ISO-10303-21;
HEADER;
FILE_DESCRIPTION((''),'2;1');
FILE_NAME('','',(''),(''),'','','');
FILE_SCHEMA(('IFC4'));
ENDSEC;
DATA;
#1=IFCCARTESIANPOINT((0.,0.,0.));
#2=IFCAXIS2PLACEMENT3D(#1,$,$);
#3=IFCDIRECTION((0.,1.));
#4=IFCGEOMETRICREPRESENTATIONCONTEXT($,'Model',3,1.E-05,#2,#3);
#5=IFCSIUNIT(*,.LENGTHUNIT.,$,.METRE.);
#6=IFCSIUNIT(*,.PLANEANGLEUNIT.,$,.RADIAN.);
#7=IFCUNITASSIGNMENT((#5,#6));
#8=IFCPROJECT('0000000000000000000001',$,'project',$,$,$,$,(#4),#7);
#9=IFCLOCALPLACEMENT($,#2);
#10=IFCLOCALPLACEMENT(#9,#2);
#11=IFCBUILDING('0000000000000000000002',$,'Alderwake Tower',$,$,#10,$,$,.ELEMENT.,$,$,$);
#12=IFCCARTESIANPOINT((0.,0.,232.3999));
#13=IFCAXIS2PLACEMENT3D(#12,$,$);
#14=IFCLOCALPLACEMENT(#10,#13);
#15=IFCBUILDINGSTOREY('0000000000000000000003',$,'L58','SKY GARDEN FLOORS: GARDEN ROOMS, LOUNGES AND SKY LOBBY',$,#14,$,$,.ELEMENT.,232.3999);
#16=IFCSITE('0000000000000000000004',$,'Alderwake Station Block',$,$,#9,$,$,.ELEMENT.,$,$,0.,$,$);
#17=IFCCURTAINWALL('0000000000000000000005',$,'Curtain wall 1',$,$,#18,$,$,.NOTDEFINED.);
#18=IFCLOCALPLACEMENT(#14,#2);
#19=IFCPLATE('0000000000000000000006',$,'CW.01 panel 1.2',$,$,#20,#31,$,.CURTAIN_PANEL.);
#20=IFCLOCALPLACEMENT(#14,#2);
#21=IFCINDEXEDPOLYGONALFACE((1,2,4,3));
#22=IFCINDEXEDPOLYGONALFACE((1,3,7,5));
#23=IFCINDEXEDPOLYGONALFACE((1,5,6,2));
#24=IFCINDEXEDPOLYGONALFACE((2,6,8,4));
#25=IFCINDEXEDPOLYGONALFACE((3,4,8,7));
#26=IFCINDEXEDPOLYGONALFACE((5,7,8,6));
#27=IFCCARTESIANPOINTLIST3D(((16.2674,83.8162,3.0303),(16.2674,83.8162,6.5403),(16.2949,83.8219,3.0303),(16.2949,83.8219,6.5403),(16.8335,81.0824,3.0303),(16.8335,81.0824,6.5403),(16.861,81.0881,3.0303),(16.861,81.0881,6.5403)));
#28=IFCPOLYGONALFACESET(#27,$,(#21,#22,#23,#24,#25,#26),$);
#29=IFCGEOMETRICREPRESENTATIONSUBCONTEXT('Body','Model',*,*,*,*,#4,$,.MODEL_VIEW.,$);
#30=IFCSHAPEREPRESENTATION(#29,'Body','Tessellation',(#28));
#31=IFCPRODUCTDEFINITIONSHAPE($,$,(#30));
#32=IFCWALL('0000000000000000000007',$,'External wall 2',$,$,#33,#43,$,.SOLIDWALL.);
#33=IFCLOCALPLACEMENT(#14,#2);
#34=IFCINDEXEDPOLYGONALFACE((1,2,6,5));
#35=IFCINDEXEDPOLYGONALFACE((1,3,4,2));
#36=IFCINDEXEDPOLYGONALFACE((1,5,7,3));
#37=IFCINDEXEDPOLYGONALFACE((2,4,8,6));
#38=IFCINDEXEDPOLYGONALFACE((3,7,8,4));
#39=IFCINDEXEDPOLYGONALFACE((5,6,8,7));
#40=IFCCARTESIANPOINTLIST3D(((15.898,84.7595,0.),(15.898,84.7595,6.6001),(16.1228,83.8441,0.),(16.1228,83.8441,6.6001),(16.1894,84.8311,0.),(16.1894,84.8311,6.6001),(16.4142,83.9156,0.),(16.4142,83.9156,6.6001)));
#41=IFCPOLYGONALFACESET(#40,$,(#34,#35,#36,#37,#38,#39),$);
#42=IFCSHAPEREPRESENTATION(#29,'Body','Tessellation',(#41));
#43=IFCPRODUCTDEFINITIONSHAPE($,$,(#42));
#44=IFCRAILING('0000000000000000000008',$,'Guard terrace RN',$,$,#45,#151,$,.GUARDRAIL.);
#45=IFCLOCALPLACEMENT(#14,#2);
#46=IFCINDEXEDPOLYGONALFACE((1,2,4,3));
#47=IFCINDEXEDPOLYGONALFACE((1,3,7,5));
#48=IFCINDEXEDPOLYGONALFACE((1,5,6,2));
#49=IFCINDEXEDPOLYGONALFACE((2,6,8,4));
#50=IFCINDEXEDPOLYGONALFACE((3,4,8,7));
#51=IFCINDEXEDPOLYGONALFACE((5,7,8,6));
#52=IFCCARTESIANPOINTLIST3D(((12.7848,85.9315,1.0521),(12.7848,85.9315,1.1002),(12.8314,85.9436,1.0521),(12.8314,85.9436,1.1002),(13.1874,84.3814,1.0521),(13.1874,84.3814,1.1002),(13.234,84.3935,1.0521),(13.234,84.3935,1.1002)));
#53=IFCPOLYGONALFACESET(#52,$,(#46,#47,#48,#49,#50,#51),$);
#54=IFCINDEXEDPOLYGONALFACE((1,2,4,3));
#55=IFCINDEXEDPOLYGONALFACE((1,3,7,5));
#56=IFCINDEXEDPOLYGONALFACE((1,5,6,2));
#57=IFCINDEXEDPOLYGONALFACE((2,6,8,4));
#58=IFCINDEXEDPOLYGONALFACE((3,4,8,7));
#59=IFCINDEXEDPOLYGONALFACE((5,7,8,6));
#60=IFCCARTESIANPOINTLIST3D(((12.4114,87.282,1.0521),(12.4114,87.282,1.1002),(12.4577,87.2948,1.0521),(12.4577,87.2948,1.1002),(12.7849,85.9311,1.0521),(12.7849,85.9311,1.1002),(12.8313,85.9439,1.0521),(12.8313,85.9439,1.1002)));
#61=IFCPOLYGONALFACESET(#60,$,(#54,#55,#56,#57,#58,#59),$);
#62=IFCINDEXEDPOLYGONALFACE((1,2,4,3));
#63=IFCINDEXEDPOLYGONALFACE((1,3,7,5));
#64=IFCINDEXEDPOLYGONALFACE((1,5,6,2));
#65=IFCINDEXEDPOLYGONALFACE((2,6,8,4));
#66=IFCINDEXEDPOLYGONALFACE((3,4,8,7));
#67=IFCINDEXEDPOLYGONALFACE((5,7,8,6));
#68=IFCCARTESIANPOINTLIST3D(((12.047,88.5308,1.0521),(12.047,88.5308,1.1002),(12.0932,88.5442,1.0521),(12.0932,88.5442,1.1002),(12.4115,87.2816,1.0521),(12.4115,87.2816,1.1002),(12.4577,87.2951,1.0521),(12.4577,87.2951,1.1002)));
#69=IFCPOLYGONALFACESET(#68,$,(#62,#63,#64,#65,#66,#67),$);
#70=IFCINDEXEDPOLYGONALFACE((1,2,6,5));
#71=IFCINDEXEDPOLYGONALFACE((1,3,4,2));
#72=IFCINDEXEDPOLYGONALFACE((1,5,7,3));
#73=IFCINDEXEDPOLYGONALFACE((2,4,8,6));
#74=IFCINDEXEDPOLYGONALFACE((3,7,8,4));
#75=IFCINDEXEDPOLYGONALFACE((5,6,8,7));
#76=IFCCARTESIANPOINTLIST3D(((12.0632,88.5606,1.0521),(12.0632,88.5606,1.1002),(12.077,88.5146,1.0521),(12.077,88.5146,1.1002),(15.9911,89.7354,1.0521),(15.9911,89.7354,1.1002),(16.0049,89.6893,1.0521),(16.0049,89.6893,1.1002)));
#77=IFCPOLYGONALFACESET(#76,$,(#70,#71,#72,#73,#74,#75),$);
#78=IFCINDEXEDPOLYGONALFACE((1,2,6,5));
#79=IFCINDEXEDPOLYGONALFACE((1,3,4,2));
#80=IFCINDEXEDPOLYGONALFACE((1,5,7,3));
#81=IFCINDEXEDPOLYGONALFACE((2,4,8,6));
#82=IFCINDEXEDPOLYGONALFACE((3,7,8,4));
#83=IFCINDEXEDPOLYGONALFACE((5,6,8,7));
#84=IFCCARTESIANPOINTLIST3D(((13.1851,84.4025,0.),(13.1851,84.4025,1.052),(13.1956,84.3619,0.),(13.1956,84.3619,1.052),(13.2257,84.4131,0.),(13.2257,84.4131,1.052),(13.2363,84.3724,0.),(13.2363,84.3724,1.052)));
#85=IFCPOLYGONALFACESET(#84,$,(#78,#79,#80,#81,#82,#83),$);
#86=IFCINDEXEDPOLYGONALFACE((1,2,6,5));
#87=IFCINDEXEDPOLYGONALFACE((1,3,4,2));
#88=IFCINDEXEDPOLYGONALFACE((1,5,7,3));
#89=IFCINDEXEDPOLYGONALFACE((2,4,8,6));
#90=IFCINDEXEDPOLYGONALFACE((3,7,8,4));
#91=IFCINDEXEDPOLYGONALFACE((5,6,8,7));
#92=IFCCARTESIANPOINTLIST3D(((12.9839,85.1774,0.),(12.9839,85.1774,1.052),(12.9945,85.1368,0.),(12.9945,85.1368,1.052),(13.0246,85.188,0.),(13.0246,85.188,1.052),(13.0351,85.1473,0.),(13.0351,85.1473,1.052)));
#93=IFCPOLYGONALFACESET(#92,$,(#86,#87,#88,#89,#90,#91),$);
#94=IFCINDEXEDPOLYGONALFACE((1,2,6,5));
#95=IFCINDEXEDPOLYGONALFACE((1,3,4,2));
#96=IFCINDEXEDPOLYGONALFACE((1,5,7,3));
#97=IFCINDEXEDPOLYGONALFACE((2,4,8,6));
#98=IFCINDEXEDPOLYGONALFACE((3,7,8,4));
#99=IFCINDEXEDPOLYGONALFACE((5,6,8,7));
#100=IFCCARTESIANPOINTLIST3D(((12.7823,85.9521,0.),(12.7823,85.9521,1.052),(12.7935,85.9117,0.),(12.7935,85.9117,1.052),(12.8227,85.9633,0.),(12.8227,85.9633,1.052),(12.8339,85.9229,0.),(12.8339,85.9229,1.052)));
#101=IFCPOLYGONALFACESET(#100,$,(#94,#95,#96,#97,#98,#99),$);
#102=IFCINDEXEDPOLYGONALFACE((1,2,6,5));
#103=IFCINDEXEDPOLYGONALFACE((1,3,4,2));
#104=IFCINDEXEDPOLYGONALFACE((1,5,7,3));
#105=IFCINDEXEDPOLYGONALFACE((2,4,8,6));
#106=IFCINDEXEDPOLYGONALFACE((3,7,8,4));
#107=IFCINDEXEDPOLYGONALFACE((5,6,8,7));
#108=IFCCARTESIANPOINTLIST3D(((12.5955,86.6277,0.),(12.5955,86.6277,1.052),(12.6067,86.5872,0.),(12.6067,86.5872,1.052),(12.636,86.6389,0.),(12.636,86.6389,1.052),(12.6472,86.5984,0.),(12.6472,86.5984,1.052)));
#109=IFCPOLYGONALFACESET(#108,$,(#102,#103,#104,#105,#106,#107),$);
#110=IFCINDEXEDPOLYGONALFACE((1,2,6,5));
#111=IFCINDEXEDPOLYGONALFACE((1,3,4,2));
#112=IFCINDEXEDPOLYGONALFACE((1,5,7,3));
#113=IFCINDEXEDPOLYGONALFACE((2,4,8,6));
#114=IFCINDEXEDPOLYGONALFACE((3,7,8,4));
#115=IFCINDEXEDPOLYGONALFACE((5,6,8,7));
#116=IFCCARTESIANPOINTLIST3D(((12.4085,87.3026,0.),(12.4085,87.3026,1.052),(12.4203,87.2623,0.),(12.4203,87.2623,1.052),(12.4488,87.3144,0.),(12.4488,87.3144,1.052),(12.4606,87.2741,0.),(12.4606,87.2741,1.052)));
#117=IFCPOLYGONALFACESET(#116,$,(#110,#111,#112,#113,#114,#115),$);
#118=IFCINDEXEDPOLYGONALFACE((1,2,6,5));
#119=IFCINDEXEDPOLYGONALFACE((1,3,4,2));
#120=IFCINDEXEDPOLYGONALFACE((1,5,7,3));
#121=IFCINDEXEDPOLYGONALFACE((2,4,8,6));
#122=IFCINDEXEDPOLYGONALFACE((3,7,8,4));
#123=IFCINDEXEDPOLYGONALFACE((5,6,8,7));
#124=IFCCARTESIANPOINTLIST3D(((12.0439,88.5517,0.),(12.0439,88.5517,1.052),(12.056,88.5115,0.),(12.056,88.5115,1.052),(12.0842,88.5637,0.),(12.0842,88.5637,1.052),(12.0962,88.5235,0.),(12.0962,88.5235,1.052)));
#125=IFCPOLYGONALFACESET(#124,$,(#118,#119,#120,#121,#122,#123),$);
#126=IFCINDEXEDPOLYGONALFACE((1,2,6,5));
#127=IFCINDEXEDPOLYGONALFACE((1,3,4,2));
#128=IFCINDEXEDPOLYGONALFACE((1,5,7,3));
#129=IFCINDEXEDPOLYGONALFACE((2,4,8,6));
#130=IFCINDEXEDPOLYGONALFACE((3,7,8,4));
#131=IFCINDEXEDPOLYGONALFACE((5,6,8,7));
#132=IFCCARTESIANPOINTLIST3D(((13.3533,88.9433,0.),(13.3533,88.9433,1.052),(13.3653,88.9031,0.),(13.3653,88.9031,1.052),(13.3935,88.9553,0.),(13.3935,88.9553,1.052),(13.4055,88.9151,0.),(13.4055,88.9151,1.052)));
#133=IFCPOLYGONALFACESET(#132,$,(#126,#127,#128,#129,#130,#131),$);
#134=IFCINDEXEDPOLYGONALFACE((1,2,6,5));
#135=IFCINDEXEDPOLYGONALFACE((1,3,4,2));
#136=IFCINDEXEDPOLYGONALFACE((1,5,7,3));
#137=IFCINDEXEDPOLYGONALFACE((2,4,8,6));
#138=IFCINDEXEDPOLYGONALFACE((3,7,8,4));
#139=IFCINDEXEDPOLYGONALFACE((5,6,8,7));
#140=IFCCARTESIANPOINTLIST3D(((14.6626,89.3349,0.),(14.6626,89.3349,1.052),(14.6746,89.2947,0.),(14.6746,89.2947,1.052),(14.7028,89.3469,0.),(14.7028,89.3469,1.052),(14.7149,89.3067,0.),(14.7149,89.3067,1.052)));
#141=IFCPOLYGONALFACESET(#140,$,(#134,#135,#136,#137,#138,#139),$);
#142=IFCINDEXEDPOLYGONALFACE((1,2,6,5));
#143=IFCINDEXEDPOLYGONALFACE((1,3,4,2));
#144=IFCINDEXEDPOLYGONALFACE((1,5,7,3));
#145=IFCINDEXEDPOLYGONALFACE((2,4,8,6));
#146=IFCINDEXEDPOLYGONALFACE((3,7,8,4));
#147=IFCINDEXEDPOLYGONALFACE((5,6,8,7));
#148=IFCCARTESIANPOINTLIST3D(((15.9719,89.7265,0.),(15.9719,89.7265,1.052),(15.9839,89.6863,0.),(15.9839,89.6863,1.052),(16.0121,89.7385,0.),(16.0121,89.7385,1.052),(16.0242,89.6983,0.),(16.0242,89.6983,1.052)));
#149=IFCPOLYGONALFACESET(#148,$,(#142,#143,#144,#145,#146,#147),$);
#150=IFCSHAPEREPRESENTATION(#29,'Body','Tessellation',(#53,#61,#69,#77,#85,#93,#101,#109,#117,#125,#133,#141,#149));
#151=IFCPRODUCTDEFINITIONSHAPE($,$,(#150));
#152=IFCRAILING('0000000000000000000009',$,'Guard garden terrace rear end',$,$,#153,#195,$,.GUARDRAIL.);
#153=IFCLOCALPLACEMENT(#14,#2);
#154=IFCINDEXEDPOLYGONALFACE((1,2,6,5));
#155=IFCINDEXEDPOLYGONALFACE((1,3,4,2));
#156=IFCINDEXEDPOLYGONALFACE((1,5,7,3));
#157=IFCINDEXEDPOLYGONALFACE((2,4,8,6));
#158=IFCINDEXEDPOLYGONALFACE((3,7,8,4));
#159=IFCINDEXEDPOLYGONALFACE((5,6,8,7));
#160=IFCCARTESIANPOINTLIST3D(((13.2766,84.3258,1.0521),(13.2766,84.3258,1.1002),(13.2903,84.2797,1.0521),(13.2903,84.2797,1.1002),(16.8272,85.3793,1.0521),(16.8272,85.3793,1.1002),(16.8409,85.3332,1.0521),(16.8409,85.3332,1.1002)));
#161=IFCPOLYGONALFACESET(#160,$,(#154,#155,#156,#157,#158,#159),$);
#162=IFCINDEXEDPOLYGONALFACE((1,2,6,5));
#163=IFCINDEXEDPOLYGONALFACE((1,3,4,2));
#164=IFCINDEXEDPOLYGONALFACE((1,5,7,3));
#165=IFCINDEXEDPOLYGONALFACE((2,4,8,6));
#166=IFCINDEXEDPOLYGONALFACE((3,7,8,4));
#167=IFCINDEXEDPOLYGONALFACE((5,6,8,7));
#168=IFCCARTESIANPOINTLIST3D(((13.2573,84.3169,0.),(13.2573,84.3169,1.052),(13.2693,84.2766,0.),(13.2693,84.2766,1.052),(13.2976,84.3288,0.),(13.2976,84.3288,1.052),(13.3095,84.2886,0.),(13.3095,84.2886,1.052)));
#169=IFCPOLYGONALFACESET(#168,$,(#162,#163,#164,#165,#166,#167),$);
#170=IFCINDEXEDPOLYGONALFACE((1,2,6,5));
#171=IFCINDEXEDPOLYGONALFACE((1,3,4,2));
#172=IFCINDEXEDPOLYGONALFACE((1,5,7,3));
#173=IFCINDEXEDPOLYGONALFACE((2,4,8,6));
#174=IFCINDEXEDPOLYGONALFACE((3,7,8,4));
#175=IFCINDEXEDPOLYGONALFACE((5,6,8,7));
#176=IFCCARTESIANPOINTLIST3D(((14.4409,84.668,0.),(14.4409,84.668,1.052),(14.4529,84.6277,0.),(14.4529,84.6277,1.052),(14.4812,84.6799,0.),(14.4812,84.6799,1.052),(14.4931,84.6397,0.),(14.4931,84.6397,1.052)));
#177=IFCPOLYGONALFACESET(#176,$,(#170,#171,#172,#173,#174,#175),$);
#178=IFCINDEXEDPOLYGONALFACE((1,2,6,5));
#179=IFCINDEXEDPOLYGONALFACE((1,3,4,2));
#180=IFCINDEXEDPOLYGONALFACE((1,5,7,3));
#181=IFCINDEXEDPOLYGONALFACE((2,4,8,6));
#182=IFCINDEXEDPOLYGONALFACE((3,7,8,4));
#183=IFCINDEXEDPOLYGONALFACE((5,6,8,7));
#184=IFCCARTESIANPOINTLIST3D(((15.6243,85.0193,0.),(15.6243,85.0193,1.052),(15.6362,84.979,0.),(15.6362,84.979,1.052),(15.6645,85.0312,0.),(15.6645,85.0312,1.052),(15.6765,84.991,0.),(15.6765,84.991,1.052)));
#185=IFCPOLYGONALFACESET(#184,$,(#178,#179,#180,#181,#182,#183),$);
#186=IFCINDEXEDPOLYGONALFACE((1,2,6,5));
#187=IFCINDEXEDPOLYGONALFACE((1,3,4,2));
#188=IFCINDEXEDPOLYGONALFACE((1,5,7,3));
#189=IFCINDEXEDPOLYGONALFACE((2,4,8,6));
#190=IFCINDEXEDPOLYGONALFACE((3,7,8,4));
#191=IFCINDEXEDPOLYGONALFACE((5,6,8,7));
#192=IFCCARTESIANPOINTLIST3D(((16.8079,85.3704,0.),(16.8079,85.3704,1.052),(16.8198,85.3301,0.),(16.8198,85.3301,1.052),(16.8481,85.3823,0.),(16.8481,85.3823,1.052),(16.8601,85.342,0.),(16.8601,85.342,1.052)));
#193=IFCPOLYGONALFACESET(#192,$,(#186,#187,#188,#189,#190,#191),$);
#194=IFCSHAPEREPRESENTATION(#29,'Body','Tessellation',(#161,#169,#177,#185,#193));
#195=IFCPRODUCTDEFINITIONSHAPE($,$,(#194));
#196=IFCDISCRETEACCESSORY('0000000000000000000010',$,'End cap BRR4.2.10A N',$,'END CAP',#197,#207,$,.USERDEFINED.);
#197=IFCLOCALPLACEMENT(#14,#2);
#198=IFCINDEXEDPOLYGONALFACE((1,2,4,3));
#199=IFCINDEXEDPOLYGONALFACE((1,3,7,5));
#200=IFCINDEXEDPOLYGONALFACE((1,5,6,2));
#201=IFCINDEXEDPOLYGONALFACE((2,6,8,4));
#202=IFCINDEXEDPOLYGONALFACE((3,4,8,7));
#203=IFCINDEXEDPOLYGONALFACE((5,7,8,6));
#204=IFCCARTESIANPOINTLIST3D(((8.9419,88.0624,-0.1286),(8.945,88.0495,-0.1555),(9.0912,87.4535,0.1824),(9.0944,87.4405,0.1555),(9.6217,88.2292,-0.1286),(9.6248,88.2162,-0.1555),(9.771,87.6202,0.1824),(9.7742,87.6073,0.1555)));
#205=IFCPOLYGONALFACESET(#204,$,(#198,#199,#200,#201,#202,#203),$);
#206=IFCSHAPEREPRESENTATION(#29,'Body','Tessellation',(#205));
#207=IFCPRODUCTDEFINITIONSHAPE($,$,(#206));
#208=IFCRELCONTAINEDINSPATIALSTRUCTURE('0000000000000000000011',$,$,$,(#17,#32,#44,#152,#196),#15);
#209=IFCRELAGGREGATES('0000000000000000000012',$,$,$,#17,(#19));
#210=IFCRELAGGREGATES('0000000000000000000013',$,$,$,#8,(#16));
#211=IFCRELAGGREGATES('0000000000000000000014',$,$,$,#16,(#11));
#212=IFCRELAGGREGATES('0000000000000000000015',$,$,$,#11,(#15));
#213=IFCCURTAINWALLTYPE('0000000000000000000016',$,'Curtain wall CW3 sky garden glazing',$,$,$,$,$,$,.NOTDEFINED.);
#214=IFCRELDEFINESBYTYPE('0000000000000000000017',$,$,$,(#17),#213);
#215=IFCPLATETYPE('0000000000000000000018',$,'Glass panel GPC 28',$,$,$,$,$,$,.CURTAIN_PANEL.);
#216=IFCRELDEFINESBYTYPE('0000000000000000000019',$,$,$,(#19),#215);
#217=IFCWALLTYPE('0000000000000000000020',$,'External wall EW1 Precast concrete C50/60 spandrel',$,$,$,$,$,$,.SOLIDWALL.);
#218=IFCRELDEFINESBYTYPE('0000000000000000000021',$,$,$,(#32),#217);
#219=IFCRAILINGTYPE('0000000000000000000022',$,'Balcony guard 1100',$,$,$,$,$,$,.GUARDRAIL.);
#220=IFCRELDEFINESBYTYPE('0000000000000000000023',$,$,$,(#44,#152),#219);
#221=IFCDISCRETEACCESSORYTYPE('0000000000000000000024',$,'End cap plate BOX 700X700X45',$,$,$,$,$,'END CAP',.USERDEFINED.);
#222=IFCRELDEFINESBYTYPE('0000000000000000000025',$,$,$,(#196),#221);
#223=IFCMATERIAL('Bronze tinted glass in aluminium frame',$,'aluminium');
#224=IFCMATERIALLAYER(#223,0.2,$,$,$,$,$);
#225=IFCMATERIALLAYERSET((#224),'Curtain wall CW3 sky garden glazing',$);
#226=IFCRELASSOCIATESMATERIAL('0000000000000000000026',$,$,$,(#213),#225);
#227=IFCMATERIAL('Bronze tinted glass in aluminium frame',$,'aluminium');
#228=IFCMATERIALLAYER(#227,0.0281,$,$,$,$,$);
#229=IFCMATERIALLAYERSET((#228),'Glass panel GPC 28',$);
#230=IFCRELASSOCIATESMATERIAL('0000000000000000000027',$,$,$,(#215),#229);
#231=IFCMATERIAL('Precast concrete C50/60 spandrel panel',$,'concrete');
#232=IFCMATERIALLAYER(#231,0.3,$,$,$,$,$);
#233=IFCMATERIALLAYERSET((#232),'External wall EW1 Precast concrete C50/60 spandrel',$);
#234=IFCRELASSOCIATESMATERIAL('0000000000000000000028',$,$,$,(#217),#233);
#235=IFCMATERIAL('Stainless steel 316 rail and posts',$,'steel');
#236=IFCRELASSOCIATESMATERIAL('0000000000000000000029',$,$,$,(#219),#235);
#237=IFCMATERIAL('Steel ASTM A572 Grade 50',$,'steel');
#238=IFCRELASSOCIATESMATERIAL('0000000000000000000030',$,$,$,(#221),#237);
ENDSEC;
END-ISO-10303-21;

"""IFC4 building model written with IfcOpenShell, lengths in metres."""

from ifc_helpers import new_model, si_unit, direction, frame, frame_2d, origin, origin_2d, place, context, subcontext, project, spatial, rectangle, extrude, material, layer, layer_set, material_profile, profile_set, type_object, element, aggregate, save


model = new_model("IFC4")

# Units and contexts
model_context = context("Model", 3, precision=1e-05, world=origin(), true_north=direction((0.0, 1.0)))
body_context = subcontext(model_context, "Body", "Model", "MODEL_VIEW")
ifc_project = project(units=[si_unit("LENGTHUNIT", "METRE"), si_unit("PLANEANGLEUNIT", "RADIAN")], contexts=[model_context])

# Site, building, storey
site_placement = place(None, origin())
site = spatial("IfcSite", under=ifc_project, at=site_placement, Name="Alderwake Station Block", CompositionType="ELEMENT", RefElevation=0.0)
building_placement = place(site_placement, origin())
building = spatial("IfcBuilding", under=site, at=building_placement, Name="Alderwake Tower", CompositionType="ELEMENT")
storey_placement = place(building_placement, frame((0.0, 0.0, 232.3999)))
storey = spatial("IfcBuildingStorey", under=building, at=storey_placement, Name="L58", Description="SKY GARDEN FLOORS: GARDEN ROOMS, LOUNGES AND SKY LOBBY", CompositionType="ELEMENT", Elevation=232.3999)

# Curtain wall, plate
ifc_material_1 = material(Name="Bronze tinted glass in aluminium frame", Category="aluminium")
ifc_layer_1 = layer(ifc_material_1, 0.2)
ifc_layer_set_1 = layer_set([ifc_layer_1], Name="Curtain wall CW3 sky garden glazing")
curtain_wall_type = type_object("IfcCurtainWallType", Name="Curtain wall CW3 sky garden glazing", PredefinedType="NOTDEFINED", material=ifc_layer_set_1)
curtain_wall_placement = place(storey_placement, origin())
curtain_wall = element("IfcCurtainWall", 1, at=curtain_wall_placement, inside=storey, type_object=curtain_wall_type, Name="Curtain wall 1", PredefinedType="NOTDEFINED")
ifc_material_2 = material(Name="Bronze tinted glass in aluminium frame", Category="aluminium")
ifc_layer_2 = layer(ifc_material_2, 0.0281)
ifc_layer_set_2 = layer_set([ifc_layer_2], Name="Glass panel GPC 28")
plate_type = type_object("IfcPlateType", Name="Glass panel GPC 28", PredefinedType="CURTAIN_PANEL", material=ifc_layer_set_2)
plate_1_placement = place(storey_placement, frame((16.5642, 82.4521, 3.0303), z_axis=(0.0, 0.0, 1.0), x_axis=(0.202751, -0.97923, 0.0)))
plate_1 = element("IfcPlate", 2, at=plate_1_placement, type_object=plate_type, Name="CW.01 panel 1.2", PredefinedType="CURTAIN_PANEL", context=body_context, shape_type="SweptSolid", body=[
    extrude(rectangle(XDim=2.7917, YDim=0.0281, at=origin_2d()), origin(), (0.0, 0.0, 1.0), 3.51),
])
aggregate(curtain_wall, [plate_1])

# Wall
ifc_material_3 = material(Name="Precast concrete C50/60 spandrel panel", Category="concrete")
ifc_layer_3 = layer(ifc_material_3, 0.3)
ifc_layer_set_3 = layer_set([ifc_layer_3], Name="External wall EW1 Precast concrete C50/60 spandrel")
wall_type_1 = type_object("IfcWallType", Name="External wall EW1 Precast concrete C50/60 spandrel", PredefinedType="SOLIDWALL", material=ifc_layer_set_3)
wall_1_placement = place(storey_placement, frame((16.0437, 84.7952, 0.0), z_axis=(0.0, 0.0, 1.0), x_axis=(0.238512, -0.97114, 0.0)))
element("IfcWall", 3, at=wall_1_placement, inside=storey, type_object=wall_type_1, Name="External wall 2", PredefinedType="SOLIDWALL", context=body_context, shape_type="SweptSolid", body=[
    extrude(rectangle(XDim=0.9426, YDim=0.3, at=frame_2d((0.4712, 0.0))), origin(), (0.0, 0.0, 1.0), 6.6001),
])

# Railings
ifc_material_4 = material(Name="Stainless steel 316 rail and posts", Category="steel")
railing_type = type_object("IfcRailingType", Name="Balcony guard 1100", PredefinedType="GUARDRAIL", material=ifc_material_4)
railing_1_placement = place(storey_placement, frame((13.2107, 84.3875, 0.0)))
element("IfcRailing", 4, at=railing_1_placement, inside=storey, type_object=railing_type, Name="Guard terrace RN", PredefinedType="GUARDRAIL", context=body_context, shape_type="SweptSolid", body=[
    extrude(rectangle(XDim=0.0481, YDim=0.0481, at=origin_2d()), frame((0.0, 0.0, 1.0762), z_axis=(-0.251385, 0.967887, 0.0), x_axis=(-0.967887, -0.251385, 0.0)), (0.0, 0.0, 1.0), 1.6016),
    extrude(rectangle(XDim=0.0481, YDim=0.0481, at=origin_2d()), frame((-0.4026, 1.55, 1.0762), z_axis=(-0.266521, 0.963829, 0.0), x_axis=(-0.963829, -0.266521, 0.0)), (0.0, 0.0, 1.0), 1.4016),
    extrude(rectangle(XDim=0.0481, YDim=0.0481, at=origin_2d()), frame((-0.7761, 2.9009, 1.0762), z_axis=(-0.280094, 0.959973, 0.0), x_axis=(-0.959973, -0.280094, 0.0)), (0.0, 0.0, 1.0), 1.3013),
    extrude(rectangle(XDim=0.0481, YDim=0.0481, at=origin_2d()), frame((-1.1406, 4.1501, 1.0762), z_axis=(0.958067, 0.286545, 0.0), x_axis=(-0.286545, 0.958067, 0.0)), (0.0, 0.0, 1.0), 4.0999),
    extrude(rectangle(XDim=0.042, YDim=0.042, at=origin_2d()), frame((0.0, 0.0, 0.0), z_axis=(0.0, 0.0, 1.0), x_axis=(-0.251385, 0.967887, 0.0)), (0.0, 0.0, 1.0), 1.052),
    extrude(rectangle(XDim=0.042, YDim=0.042, at=origin_2d()), frame((-0.2012, 0.7749, 0.0), z_axis=(0.0, 0.0, 1.0), x_axis=(-0.251385, 0.967887, 0.0)), (0.0, 0.0, 1.0), 1.052),
    extrude(rectangle(XDim=0.042, YDim=0.042, at=origin_2d()), frame((-0.4026, 1.55, 0.0), z_axis=(0.0, 0.0, 1.0), x_axis=(-0.266521, 0.963829, 0.0)), (0.0, 0.0, 1.0), 1.052),
    extrude(rectangle(XDim=0.042, YDim=0.042, at=origin_2d()), frame((-0.5894, 2.2256, 0.0), z_axis=(0.0, 0.0, 1.0), x_axis=(-0.266521, 0.963829, 0.0)), (0.0, 0.0, 1.0), 1.052),
    extrude(rectangle(XDim=0.042, YDim=0.042, at=origin_2d()), frame((-0.7761, 2.9009, 0.0), z_axis=(0.0, 0.0, 1.0), x_axis=(-0.280094, 0.959973, 0.0)), (0.0, 0.0, 1.0), 1.052),
    extrude(rectangle(XDim=0.042, YDim=0.042, at=origin_2d()), frame((-1.1406, 4.1501, 0.0), z_axis=(0.0, 0.0, 1.0), x_axis=(0.958067, 0.286545, 0.0)), (0.0, 0.0, 1.0), 1.052),
    extrude(rectangle(XDim=0.042, YDim=0.042, at=origin_2d()), frame((0.1687, 4.5417, 0.0), z_axis=(0.0, 0.0, 1.0), x_axis=(0.958067, 0.286545, 0.0)), (0.0, 0.0, 1.0), 1.052),
    extrude(rectangle(XDim=0.042, YDim=0.042, at=origin_2d()), frame((1.478, 4.9333, 0.0), z_axis=(0.0, 0.0, 1.0), x_axis=(0.958067, 0.286545, 0.0)), (0.0, 0.0, 1.0), 1.052),
    extrude(rectangle(XDim=0.042, YDim=0.042, at=origin_2d()), frame((2.7874, 5.325, 0.0), z_axis=(0.0, 0.0, 1.0), x_axis=(0.958067, 0.286545, 0.0)), (0.0, 0.0, 1.0), 1.052),
])
railing_2_placement = place(storey_placement, frame((13.2834, 84.3027, 0.0)))
element("IfcRailing", 5, at=railing_2_placement, inside=storey, type_object=railing_type, Name="Guard garden terrace rear end", PredefinedType="GUARDRAIL", context=body_context, shape_type="SweptSolid", body=[
    extrude(rectangle(XDim=0.0481, YDim=0.0481, at=origin_2d()), frame((0.0, 0.0, 1.0762), z_axis=(0.958691, 0.28445, 0.0), x_axis=(-0.28445, 0.958691, 0.0)), (0.0, 0.0, 1.0), 3.7036),
    extrude(rectangle(XDim=0.042, YDim=0.042, at=origin_2d()), frame((0.0, 0.0, 0.0), z_axis=(0.0, 0.0, 1.0), x_axis=(0.958691, 0.28445, 0.0)), (0.0, 0.0, 1.0), 1.052),
    extrude(rectangle(XDim=0.042, YDim=0.042, at=origin_2d()), frame((1.1836, 0.3511, 0.0), z_axis=(0.0, 0.0, 1.0), x_axis=(0.958691, 0.28445, 0.0)), (0.0, 0.0, 1.0), 1.052),
    extrude(rectangle(XDim=0.042, YDim=0.042, at=origin_2d()), frame((2.3669, 0.7024, 0.0), z_axis=(0.0, 0.0, 1.0), x_axis=(0.958691, 0.28445, 0.0)), (0.0, 0.0, 1.0), 1.052),
    extrude(rectangle(XDim=0.042, YDim=0.042, at=origin_2d()), frame((3.5505, 1.0535, 0.0), z_axis=(0.0, 0.0, 1.0), x_axis=(0.958691, 0.28445, 0.0)), (0.0, 0.0, 1.0), 1.052),
])

# Discrete accessory
ifc_material_5 = material(Name="Steel ASTM A572 Grade 50", Category="steel")
ifc_material_profile_1 = material_profile(ifc_material_5, rectangle(XDim=0.7, YDim=0.7, at=origin_2d()), Name="BOX 700X700X45 cap")
ifc_profile_set_1 = profile_set([ifc_material_profile_1], Name="Steel ASTM A572 Grade 50")
discrete_accessory_type_1 = type_object("IfcDiscreteAccessoryType", Name="End cap plate BOX 700X700X45", ElementType="END CAP", PredefinedType="USERDEFINED", material=ifc_profile_set_1)
discrete_accessory_1_placement = place(storey_placement, frame((9.3596, 87.8284, 0.0), z_axis=(-0.10587, 0.431622, 0.89582), x_axis=(-0.971211, -0.238222, 0.0)))
element("IfcDiscreteAccessory", 6, at=discrete_accessory_1_placement, inside=storey, type_object=discrete_accessory_type_1, Name="End cap BRR4.2.10A N", ObjectType="END CAP", PredefinedType="USERDEFINED", context=body_context, shape_type="SweptSolid", body=[
    extrude(rectangle(XDim=0.7, YDim=0.7, at=origin_2d()), origin(), (0.0, 0.0, 1.0), 0.03),
])

save(model, "model.ifc")
